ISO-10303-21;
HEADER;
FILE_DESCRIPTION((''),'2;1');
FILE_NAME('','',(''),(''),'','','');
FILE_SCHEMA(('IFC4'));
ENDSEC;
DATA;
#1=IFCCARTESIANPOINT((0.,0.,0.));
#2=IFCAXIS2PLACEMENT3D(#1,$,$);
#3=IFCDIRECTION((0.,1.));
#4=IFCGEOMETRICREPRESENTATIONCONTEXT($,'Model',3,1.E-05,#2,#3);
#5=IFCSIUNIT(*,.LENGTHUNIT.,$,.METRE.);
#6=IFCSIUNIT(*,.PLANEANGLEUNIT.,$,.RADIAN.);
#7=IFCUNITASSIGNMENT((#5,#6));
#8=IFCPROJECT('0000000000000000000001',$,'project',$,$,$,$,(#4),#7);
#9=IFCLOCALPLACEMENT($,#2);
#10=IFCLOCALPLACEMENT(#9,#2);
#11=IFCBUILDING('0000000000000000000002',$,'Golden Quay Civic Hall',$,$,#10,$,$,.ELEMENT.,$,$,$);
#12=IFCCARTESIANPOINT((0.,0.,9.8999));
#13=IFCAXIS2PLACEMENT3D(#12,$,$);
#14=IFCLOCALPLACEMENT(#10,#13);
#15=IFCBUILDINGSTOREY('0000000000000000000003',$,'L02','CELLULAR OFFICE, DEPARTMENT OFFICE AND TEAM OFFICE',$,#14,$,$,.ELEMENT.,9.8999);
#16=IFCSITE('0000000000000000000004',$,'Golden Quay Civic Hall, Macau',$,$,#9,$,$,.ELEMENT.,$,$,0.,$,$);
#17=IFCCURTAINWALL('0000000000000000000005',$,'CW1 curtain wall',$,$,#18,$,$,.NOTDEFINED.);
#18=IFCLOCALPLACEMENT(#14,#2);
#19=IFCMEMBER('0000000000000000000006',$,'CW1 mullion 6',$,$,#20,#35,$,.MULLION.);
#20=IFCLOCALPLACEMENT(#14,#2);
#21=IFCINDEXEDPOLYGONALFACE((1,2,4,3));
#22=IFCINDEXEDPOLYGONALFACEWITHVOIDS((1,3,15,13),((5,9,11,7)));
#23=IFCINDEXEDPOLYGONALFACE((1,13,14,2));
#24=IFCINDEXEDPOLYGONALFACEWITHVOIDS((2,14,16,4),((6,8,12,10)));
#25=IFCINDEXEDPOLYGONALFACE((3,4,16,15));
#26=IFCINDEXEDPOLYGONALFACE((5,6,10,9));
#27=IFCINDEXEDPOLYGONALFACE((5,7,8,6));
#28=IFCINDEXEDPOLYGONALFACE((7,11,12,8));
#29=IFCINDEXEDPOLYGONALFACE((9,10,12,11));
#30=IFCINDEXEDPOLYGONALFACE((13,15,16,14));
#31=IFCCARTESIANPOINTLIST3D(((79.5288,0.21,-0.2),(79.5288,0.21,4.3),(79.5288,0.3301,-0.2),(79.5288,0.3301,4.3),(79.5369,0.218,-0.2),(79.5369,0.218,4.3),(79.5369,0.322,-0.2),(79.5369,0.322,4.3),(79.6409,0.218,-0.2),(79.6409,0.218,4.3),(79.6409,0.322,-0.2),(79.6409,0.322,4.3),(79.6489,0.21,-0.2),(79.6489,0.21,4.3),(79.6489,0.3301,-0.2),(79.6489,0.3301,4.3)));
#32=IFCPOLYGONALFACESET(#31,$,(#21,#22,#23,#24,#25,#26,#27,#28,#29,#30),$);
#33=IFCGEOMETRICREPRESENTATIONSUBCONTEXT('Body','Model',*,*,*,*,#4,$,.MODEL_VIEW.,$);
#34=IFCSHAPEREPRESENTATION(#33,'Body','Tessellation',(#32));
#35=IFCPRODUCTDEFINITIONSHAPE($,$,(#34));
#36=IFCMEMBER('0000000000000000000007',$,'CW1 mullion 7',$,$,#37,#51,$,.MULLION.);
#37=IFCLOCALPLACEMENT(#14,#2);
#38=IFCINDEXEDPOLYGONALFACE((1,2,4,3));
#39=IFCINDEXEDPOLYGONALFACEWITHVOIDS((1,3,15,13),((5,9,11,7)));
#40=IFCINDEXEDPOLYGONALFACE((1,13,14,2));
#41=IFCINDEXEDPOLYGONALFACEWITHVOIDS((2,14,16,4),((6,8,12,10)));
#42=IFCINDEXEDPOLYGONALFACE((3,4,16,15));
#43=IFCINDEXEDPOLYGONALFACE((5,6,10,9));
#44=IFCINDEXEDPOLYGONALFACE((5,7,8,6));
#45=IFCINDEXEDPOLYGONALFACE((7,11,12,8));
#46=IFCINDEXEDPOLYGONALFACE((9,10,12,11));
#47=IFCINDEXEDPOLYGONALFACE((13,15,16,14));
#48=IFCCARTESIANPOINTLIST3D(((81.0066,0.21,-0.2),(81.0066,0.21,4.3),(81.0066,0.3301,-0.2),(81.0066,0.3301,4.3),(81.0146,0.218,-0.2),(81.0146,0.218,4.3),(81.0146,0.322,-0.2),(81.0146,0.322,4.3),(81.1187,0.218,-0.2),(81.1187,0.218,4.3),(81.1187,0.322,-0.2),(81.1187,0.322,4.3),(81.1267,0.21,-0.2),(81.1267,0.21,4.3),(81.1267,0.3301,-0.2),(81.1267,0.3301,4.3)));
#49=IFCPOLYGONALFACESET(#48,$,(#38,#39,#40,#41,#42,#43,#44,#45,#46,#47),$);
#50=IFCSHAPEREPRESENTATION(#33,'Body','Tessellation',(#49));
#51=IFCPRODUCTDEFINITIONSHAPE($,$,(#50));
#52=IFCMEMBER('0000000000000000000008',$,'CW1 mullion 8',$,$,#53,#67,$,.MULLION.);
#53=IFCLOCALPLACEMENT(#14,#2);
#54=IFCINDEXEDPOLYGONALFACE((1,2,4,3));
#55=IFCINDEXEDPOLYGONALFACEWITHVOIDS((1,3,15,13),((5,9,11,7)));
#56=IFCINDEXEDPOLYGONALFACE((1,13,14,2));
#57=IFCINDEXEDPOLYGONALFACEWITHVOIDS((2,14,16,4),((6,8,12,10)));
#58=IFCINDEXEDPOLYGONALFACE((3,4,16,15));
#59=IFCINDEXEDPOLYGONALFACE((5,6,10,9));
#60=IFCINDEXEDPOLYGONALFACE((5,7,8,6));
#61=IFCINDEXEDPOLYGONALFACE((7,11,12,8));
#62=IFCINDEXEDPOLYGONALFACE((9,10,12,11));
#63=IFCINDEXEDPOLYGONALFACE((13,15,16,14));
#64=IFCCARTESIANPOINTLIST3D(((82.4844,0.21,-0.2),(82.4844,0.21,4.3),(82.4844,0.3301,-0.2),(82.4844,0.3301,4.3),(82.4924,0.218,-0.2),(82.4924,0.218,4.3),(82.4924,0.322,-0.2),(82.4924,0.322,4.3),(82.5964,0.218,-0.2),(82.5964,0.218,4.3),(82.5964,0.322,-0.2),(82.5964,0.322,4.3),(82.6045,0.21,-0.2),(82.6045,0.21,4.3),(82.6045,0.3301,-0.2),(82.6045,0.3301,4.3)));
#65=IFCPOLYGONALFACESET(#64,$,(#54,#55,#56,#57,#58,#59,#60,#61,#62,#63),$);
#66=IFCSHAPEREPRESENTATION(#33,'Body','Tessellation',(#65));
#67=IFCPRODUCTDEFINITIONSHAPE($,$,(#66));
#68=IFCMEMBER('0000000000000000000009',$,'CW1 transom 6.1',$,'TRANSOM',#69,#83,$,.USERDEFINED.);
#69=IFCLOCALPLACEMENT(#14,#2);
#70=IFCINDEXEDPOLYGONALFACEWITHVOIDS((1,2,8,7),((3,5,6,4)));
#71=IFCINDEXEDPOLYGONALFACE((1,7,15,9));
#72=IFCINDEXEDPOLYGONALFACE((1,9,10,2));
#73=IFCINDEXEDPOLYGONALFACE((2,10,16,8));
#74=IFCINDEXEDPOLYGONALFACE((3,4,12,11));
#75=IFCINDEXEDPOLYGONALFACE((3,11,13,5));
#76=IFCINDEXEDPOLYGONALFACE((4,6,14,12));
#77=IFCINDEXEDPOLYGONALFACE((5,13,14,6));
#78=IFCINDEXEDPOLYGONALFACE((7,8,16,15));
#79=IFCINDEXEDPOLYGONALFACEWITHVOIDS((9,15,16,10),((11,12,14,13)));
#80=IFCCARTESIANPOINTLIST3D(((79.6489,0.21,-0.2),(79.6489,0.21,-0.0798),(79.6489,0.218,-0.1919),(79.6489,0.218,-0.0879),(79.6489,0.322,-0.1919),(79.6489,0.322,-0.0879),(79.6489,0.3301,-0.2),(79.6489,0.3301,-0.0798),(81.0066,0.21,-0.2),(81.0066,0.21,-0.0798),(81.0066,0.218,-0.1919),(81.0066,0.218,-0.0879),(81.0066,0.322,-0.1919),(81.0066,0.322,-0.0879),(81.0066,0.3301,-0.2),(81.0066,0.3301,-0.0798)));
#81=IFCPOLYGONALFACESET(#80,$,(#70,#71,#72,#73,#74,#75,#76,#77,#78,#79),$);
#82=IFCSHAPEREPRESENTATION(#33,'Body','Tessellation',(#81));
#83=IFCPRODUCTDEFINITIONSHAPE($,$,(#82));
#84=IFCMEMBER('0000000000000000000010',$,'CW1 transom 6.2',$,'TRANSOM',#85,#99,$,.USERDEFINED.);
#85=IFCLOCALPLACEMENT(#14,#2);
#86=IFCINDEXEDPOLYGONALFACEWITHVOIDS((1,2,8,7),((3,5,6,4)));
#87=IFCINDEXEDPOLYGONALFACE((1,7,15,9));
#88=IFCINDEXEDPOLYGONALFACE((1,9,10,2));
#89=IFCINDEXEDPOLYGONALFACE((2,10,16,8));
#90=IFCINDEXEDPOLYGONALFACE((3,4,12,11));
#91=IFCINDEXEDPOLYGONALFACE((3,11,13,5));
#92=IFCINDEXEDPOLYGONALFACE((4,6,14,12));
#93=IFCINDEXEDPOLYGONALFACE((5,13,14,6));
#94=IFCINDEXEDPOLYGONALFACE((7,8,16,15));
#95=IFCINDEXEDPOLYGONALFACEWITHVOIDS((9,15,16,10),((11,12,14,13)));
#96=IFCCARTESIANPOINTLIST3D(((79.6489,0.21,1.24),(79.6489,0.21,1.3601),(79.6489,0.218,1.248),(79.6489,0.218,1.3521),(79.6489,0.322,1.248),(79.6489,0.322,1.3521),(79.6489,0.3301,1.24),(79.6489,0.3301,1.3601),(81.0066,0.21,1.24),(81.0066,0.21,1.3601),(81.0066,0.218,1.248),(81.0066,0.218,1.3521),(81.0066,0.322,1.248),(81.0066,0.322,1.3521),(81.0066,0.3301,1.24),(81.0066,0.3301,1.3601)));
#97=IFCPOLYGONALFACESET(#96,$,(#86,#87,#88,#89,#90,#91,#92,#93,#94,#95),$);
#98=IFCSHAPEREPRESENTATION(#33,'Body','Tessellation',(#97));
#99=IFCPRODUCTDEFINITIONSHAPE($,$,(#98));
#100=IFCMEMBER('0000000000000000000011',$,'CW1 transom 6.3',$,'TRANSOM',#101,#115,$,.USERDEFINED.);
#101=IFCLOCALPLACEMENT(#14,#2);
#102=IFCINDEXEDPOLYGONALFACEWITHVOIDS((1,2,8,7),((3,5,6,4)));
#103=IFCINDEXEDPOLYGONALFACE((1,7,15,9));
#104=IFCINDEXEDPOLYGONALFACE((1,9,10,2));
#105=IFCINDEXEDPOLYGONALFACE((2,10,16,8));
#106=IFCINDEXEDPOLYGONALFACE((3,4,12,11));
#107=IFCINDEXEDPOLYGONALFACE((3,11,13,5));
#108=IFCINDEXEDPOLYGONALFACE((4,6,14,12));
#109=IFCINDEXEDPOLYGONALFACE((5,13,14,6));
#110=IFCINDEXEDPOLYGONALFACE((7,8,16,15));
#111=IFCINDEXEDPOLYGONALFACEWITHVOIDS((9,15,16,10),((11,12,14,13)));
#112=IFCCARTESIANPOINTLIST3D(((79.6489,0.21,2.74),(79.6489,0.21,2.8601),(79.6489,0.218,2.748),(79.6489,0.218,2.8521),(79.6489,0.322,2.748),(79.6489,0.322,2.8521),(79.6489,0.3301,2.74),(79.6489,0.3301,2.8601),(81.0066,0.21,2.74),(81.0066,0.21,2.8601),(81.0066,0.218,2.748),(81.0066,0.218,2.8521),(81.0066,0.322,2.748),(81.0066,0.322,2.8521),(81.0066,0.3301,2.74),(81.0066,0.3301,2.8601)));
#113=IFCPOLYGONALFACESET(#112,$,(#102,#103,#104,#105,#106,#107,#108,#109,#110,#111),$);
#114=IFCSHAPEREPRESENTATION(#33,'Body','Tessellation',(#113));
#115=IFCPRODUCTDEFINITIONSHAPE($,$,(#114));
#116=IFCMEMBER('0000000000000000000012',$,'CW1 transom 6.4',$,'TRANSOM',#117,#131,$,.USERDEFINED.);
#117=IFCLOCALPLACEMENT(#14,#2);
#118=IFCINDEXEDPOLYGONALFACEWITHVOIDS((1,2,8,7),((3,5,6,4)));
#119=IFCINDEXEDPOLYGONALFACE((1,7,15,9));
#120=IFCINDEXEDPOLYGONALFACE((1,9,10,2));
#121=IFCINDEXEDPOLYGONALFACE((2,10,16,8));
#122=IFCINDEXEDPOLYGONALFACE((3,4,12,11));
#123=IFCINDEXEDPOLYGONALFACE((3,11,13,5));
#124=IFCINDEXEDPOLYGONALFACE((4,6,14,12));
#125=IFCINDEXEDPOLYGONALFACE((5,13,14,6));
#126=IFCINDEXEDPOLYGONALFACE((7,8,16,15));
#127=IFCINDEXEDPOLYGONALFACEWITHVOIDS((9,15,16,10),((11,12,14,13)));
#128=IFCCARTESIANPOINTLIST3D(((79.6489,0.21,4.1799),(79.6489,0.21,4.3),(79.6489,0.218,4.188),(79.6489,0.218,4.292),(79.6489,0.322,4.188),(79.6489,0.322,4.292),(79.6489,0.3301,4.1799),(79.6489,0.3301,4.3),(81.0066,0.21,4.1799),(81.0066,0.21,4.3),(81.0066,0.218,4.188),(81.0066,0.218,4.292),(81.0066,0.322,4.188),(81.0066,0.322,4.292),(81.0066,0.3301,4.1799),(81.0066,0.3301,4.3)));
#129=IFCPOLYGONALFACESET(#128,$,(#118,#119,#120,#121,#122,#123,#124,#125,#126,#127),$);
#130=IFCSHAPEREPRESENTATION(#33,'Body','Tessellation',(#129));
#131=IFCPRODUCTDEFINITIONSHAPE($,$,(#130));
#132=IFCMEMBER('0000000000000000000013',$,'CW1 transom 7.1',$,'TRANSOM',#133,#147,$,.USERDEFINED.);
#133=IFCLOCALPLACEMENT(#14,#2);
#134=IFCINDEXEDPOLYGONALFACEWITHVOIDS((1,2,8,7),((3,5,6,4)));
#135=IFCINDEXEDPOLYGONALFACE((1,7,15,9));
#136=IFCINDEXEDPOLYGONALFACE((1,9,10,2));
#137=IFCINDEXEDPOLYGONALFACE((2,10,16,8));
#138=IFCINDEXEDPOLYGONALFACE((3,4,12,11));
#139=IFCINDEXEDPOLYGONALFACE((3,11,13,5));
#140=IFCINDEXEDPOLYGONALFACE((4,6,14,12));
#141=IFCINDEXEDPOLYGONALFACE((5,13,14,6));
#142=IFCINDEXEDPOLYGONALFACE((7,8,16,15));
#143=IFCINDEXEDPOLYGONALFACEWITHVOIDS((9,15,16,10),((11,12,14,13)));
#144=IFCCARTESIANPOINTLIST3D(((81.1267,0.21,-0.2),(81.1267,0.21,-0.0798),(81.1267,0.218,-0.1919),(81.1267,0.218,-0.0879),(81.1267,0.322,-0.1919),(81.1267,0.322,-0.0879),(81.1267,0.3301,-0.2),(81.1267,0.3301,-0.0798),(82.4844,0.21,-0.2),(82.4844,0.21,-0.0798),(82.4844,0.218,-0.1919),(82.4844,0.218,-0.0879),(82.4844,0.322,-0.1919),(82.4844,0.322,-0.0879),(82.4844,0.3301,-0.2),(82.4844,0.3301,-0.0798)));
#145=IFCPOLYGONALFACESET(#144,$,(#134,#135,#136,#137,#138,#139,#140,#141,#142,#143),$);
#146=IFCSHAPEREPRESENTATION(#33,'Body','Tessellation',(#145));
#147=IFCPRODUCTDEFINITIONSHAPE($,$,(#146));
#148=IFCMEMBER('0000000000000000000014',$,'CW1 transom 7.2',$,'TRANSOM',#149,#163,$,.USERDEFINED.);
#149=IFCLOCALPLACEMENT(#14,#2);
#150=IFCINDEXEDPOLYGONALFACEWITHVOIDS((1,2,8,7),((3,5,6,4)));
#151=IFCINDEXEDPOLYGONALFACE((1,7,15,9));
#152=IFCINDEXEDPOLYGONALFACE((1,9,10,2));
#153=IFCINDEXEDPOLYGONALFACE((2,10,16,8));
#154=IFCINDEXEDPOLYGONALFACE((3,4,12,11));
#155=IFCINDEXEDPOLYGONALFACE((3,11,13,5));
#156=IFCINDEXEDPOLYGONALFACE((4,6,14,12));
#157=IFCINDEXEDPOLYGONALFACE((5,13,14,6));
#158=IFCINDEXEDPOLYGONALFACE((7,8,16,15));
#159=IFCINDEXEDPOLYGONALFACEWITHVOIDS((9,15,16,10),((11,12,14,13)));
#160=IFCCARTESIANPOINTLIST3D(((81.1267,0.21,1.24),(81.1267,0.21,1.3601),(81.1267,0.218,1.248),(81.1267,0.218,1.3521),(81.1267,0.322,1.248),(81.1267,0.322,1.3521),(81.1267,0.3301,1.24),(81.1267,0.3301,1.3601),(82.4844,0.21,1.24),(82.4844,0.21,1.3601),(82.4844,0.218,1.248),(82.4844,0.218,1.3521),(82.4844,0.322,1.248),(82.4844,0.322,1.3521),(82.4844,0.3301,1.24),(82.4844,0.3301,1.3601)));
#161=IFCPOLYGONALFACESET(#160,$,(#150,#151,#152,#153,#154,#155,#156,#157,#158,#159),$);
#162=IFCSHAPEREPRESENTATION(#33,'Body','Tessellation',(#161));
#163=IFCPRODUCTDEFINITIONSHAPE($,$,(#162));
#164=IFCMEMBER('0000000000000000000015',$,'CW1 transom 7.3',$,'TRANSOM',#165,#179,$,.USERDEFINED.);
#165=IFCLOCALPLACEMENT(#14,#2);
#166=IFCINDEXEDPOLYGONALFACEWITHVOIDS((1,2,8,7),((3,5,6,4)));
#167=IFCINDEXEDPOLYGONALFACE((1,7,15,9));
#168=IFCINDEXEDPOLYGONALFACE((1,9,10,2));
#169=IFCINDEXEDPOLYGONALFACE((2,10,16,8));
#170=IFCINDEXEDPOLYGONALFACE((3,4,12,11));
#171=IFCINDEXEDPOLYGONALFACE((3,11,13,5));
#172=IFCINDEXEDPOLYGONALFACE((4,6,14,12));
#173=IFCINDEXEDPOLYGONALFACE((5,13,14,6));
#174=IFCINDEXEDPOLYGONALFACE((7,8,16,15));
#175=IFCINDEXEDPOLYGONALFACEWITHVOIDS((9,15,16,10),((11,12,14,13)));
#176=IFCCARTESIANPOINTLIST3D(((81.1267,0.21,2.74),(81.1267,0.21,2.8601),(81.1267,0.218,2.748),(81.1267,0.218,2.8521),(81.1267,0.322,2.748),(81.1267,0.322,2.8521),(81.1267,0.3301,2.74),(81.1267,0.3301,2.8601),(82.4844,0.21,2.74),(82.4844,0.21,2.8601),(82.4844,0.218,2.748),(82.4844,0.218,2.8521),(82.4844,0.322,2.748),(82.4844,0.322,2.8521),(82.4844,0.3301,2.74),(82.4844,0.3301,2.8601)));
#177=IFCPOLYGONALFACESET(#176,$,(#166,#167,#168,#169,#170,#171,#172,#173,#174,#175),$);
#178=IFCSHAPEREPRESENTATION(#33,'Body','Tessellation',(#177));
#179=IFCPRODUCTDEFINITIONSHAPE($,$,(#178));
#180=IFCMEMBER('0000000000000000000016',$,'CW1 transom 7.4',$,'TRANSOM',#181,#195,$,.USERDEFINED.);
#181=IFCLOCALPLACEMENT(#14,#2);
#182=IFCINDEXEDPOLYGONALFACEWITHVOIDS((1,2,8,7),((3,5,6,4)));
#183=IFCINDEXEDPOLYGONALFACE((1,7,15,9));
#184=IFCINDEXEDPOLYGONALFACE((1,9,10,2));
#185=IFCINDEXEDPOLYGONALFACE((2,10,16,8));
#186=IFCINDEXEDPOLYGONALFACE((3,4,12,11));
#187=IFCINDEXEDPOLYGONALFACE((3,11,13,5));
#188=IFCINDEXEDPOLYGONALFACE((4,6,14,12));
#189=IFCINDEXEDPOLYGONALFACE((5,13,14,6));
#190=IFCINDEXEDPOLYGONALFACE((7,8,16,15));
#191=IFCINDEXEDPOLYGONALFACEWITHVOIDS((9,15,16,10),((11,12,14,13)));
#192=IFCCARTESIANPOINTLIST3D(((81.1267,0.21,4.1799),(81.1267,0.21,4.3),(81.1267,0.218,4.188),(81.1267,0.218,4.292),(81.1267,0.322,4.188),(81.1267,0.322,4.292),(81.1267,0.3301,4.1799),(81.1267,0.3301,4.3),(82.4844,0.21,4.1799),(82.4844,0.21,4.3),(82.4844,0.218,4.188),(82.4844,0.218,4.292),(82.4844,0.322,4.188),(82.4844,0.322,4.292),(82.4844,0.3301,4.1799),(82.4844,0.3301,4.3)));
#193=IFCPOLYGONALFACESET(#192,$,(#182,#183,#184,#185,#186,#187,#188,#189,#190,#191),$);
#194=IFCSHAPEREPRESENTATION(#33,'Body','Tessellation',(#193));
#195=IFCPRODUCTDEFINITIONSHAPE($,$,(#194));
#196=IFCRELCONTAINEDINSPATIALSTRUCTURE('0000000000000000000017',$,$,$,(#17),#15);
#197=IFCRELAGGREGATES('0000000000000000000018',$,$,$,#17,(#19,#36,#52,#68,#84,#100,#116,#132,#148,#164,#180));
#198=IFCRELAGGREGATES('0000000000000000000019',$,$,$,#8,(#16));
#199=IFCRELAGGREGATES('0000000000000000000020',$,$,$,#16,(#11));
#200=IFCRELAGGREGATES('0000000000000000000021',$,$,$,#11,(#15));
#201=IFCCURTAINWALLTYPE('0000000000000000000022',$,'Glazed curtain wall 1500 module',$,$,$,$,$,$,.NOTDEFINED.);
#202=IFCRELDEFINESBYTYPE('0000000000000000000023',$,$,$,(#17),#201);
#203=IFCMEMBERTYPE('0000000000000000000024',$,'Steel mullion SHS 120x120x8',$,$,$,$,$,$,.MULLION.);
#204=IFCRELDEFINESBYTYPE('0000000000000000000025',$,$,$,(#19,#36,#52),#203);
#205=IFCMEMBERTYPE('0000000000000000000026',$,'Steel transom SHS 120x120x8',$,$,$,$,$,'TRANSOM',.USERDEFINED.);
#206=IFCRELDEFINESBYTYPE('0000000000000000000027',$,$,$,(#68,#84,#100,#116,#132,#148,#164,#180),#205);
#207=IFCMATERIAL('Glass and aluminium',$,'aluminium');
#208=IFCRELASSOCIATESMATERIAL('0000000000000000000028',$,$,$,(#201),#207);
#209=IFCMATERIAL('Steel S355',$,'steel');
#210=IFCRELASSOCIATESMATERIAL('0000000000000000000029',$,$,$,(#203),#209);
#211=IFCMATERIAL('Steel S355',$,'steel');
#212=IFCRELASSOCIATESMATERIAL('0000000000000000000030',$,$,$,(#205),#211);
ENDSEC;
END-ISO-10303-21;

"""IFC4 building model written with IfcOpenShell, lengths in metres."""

from ifc_helpers import new_model, si_unit, direction, frame, origin, origin_2d, place, context, subcontext, project, spatial, hollow_rectangle, extrude, material, material_profile, profile_set, type_object, element, aggregate, save


model = new_model("IFC4")

# Units and contexts
model_context = context("Model", 3, precision=1e-05, world=origin(), true_north=direction((0.0, 1.0)))
body_context = subcontext(model_context, "Body", "Model", "MODEL_VIEW")
ifc_project = project(units=[si_unit("LENGTHUNIT", "METRE"), si_unit("PLANEANGLEUNIT", "RADIAN")], contexts=[model_context])

# Site, building, storey
site_placement = place(None, origin())
site = spatial("IfcSite", under=ifc_project, at=site_placement, Name="Golden Quay Civic Hall, Macau", CompositionType="ELEMENT", RefElevation=0.0)
building_placement = place(site_placement, origin())
building = spatial("IfcBuilding", under=site, at=building_placement, Name="Golden Quay Civic Hall", CompositionType="ELEMENT")
storey_placement = place(building_placement, frame((0.0, 0.0, 9.8999)))
storey = spatial("IfcBuildingStorey", under=building, at=storey_placement, Name="L02", Description="CELLULAR OFFICE, DEPARTMENT OFFICE AND TEAM OFFICE", CompositionType="ELEMENT", Elevation=9.8999)

# Curtain wall, members
ifc_material_1 = material(Name="Glass and aluminium", Category="aluminium")
curtain_wall_type = type_object("IfcCurtainWallType", Name="Glazed curtain wall 1500 module", PredefinedType="NOTDEFINED", material=ifc_material_1)
curtain_wall_placement = place(storey_placement, origin())
curtain_wall = element("IfcCurtainWall", 1, at=curtain_wall_placement, inside=storey, type_object=curtain_wall_type, Name="CW1 curtain wall", PredefinedType="NOTDEFINED")
ifc_material_2 = material(Name="Steel S355", Category="steel")
ifc_material_profile_1 = material_profile(ifc_material_2, hollow_rectangle(XDim=0.1201, YDim=0.1201, WallThickness=0.0081, at=origin_2d()), Name="SHS 120x120x8")
ifc_profile_set_1 = profile_set([ifc_material_profile_1], Name="Steel S355")
member_type_1 = type_object("IfcMemberType", Name="Steel mullion SHS 120x120x8", PredefinedType="MULLION", material=ifc_profile_set_1)
member_1_placement = place(storey_placement, frame((79.5889, 0.27, -0.2), z_axis=(0.0, 0.0, 1.0), x_axis=(0.0, 1.0, 0.0)))
member_1 = element("IfcMember", 2, at=member_1_placement, type_object=member_type_1, Name="CW1 mullion 6", PredefinedType="MULLION", context=body_context, shape_type="SweptSolid", body=[
    extrude(hollow_rectangle(XDim=0.1201, YDim=0.1201, WallThickness=0.0081, at=origin_2d()), origin(), (0.0, 0.0, 1.0), 4.5),
])
member_2_placement = place(storey_placement, frame((81.0667, 0.27, -0.2), z_axis=(0.0, 0.0, 1.0), x_axis=(0.0, 1.0, 0.0)))
member_2 = element("IfcMember", 3, at=member_2_placement, type_object=member_type_1, Name="CW1 mullion 7", PredefinedType="MULLION", context=body_context, shape_type="SweptSolid", body=[
    extrude(hollow_rectangle(XDim=0.1201, YDim=0.1201, WallThickness=0.0081, at=origin_2d()), origin(), (0.0, 0.0, 1.0), 4.5),
])
member_3_placement = place(storey_placement, frame((82.5444, 0.27, -0.2), z_axis=(0.0, 0.0, 1.0), x_axis=(0.0, 1.0, 0.0)))
member_3 = element("IfcMember", 4, at=member_3_placement, type_object=member_type_1, Name="CW1 mullion 8", PredefinedType="MULLION", context=body_context, shape_type="SweptSolid", body=[
    extrude(hollow_rectangle(XDim=0.1201, YDim=0.1201, WallThickness=0.0081, at=origin_2d()), origin(), (0.0, 0.0, 1.0), 4.5),
])
ifc_material_3 = material(Name="Steel S355", Category="steel")
ifc_material_profile_2 = material_profile(ifc_material_3, hollow_rectangle(XDim=0.1201, YDim=0.1201, WallThickness=0.0081, at=origin_2d()), Name="SHS 120x120x8")
ifc_profile_set_2 = profile_set([ifc_material_profile_2], Name="Steel S355")
member_type_2 = type_object("IfcMemberType", Name="Steel transom SHS 120x120x8", ElementType="TRANSOM", PredefinedType="USERDEFINED", material=ifc_profile_set_2)
member_4_placement = place(storey_placement, frame((79.6489, 0.27, -0.1399), z_axis=(1.0, 0.0, 0.0), x_axis=(0.0, 1.0, 0.0)))
member_4 = element("IfcMember", 5, at=member_4_placement, type_object=member_type_2, Name="CW1 transom 6.1", ObjectType="TRANSOM", PredefinedType="USERDEFINED", context=body_context, shape_type="SweptSolid", body=[
    extrude(hollow_rectangle(XDim=0.1201, YDim=0.1201, WallThickness=0.0081, at=origin_2d()), origin(), (0.0, 0.0, 1.0), 1.3577),
])
member_5_placement = place(storey_placement, frame((79.6489, 0.27, 1.3), z_axis=(1.0, 0.0, 0.0), x_axis=(0.0, 1.0, 0.0)))
member_5 = element("IfcMember", 6, at=member_5_placement, type_object=member_type_2, Name="CW1 transom 6.2", ObjectType="TRANSOM", PredefinedType="USERDEFINED", context=body_context, shape_type="SweptSolid", body=[
    extrude(hollow_rectangle(XDim=0.1201, YDim=0.1201, WallThickness=0.0081, at=origin_2d()), origin(), (0.0, 0.0, 1.0), 1.3577),
])
member_6_placement = place(storey_placement, frame((79.6489, 0.27, 2.8), z_axis=(1.0, 0.0, 0.0), x_axis=(0.0, 1.0, 0.0)))
member_6 = element("IfcMember", 7, at=member_6_placement, type_object=member_type_2, Name="CW1 transom 6.3", ObjectType="TRANSOM", PredefinedType="USERDEFINED", context=body_context, shape_type="SweptSolid", body=[
    extrude(hollow_rectangle(XDim=0.1201, YDim=0.1201, WallThickness=0.0081, at=origin_2d()), origin(), (0.0, 0.0, 1.0), 1.3577),
])
member_7_placement = place(storey_placement, frame((79.6489, 0.27, 4.24), z_axis=(1.0, 0.0, 0.0), x_axis=(0.0, 1.0, 0.0)))
member_7 = element("IfcMember", 8, at=member_7_placement, type_object=member_type_2, Name="CW1 transom 6.4", ObjectType="TRANSOM", PredefinedType="USERDEFINED", context=body_context, shape_type="SweptSolid", body=[
    extrude(hollow_rectangle(XDim=0.1201, YDim=0.1201, WallThickness=0.0081, at=origin_2d()), origin(), (0.0, 0.0, 1.0), 1.3577),
])
member_8_placement = place(storey_placement, frame((81.1267, 0.27, -0.1399), z_axis=(1.0, 0.0, 0.0), x_axis=(0.0, 1.0, 0.0)))
member_8 = element("IfcMember", 9, at=member_8_placement, type_object=member_type_2, Name="CW1 transom 7.1", ObjectType="TRANSOM", PredefinedType="USERDEFINED", context=body_context, shape_type="SweptSolid", body=[
    extrude(hollow_rectangle(XDim=0.1201, YDim=0.1201, WallThickness=0.0081, at=origin_2d()), origin(), (0.0, 0.0, 1.0), 1.3577),
])
member_9_placement = place(storey_placement, frame((81.1267, 0.27, 1.3), z_axis=(1.0, 0.0, 0.0), x_axis=(0.0, 1.0, 0.0)))
member_9 = element("IfcMember", 10, at=member_9_placement, type_object=member_type_2, Name="CW1 transom 7.2", ObjectType="TRANSOM", PredefinedType="USERDEFINED", context=body_context, shape_type="SweptSolid", body=[
    extrude(hollow_rectangle(XDim=0.1201, YDim=0.1201, WallThickness=0.0081, at=origin_2d()), origin(), (0.0, 0.0, 1.0), 1.3577),
])
member_10_placement = place(storey_placement, frame((81.1267, 0.27, 2.8), z_axis=(1.0, 0.0, 0.0), x_axis=(0.0, 1.0, 0.0)))
member_10 = element("IfcMember", 11, at=member_10_placement, type_object=member_type_2, Name="CW1 transom 7.3", ObjectType="TRANSOM", PredefinedType="USERDEFINED", context=body_context, shape_type="SweptSolid", body=[
    extrude(hollow_rectangle(XDim=0.1201, YDim=0.1201, WallThickness=0.0081, at=origin_2d()), origin(), (0.0, 0.0, 1.0), 1.3577),
])
member_11_placement = place(storey_placement, frame((81.1267, 0.27, 4.24), z_axis=(1.0, 0.0, 0.0), x_axis=(0.0, 1.0, 0.0)))
member_11 = element("IfcMember", 12, at=member_11_placement, type_object=member_type_2, Name="CW1 transom 7.4", ObjectType="TRANSOM", PredefinedType="USERDEFINED", context=body_context, shape_type="SweptSolid", body=[
    extrude(hollow_rectangle(XDim=0.1201, YDim=0.1201, WallThickness=0.0081, at=origin_2d()), origin(), (0.0, 0.0, 1.0), 1.3577),
])
aggregate(curtain_wall, [member_1, member_2, member_3, member_4, member_5, member_6, member_7, member_8, member_9, member_10, member_11])

save(model, "model.ifc")
